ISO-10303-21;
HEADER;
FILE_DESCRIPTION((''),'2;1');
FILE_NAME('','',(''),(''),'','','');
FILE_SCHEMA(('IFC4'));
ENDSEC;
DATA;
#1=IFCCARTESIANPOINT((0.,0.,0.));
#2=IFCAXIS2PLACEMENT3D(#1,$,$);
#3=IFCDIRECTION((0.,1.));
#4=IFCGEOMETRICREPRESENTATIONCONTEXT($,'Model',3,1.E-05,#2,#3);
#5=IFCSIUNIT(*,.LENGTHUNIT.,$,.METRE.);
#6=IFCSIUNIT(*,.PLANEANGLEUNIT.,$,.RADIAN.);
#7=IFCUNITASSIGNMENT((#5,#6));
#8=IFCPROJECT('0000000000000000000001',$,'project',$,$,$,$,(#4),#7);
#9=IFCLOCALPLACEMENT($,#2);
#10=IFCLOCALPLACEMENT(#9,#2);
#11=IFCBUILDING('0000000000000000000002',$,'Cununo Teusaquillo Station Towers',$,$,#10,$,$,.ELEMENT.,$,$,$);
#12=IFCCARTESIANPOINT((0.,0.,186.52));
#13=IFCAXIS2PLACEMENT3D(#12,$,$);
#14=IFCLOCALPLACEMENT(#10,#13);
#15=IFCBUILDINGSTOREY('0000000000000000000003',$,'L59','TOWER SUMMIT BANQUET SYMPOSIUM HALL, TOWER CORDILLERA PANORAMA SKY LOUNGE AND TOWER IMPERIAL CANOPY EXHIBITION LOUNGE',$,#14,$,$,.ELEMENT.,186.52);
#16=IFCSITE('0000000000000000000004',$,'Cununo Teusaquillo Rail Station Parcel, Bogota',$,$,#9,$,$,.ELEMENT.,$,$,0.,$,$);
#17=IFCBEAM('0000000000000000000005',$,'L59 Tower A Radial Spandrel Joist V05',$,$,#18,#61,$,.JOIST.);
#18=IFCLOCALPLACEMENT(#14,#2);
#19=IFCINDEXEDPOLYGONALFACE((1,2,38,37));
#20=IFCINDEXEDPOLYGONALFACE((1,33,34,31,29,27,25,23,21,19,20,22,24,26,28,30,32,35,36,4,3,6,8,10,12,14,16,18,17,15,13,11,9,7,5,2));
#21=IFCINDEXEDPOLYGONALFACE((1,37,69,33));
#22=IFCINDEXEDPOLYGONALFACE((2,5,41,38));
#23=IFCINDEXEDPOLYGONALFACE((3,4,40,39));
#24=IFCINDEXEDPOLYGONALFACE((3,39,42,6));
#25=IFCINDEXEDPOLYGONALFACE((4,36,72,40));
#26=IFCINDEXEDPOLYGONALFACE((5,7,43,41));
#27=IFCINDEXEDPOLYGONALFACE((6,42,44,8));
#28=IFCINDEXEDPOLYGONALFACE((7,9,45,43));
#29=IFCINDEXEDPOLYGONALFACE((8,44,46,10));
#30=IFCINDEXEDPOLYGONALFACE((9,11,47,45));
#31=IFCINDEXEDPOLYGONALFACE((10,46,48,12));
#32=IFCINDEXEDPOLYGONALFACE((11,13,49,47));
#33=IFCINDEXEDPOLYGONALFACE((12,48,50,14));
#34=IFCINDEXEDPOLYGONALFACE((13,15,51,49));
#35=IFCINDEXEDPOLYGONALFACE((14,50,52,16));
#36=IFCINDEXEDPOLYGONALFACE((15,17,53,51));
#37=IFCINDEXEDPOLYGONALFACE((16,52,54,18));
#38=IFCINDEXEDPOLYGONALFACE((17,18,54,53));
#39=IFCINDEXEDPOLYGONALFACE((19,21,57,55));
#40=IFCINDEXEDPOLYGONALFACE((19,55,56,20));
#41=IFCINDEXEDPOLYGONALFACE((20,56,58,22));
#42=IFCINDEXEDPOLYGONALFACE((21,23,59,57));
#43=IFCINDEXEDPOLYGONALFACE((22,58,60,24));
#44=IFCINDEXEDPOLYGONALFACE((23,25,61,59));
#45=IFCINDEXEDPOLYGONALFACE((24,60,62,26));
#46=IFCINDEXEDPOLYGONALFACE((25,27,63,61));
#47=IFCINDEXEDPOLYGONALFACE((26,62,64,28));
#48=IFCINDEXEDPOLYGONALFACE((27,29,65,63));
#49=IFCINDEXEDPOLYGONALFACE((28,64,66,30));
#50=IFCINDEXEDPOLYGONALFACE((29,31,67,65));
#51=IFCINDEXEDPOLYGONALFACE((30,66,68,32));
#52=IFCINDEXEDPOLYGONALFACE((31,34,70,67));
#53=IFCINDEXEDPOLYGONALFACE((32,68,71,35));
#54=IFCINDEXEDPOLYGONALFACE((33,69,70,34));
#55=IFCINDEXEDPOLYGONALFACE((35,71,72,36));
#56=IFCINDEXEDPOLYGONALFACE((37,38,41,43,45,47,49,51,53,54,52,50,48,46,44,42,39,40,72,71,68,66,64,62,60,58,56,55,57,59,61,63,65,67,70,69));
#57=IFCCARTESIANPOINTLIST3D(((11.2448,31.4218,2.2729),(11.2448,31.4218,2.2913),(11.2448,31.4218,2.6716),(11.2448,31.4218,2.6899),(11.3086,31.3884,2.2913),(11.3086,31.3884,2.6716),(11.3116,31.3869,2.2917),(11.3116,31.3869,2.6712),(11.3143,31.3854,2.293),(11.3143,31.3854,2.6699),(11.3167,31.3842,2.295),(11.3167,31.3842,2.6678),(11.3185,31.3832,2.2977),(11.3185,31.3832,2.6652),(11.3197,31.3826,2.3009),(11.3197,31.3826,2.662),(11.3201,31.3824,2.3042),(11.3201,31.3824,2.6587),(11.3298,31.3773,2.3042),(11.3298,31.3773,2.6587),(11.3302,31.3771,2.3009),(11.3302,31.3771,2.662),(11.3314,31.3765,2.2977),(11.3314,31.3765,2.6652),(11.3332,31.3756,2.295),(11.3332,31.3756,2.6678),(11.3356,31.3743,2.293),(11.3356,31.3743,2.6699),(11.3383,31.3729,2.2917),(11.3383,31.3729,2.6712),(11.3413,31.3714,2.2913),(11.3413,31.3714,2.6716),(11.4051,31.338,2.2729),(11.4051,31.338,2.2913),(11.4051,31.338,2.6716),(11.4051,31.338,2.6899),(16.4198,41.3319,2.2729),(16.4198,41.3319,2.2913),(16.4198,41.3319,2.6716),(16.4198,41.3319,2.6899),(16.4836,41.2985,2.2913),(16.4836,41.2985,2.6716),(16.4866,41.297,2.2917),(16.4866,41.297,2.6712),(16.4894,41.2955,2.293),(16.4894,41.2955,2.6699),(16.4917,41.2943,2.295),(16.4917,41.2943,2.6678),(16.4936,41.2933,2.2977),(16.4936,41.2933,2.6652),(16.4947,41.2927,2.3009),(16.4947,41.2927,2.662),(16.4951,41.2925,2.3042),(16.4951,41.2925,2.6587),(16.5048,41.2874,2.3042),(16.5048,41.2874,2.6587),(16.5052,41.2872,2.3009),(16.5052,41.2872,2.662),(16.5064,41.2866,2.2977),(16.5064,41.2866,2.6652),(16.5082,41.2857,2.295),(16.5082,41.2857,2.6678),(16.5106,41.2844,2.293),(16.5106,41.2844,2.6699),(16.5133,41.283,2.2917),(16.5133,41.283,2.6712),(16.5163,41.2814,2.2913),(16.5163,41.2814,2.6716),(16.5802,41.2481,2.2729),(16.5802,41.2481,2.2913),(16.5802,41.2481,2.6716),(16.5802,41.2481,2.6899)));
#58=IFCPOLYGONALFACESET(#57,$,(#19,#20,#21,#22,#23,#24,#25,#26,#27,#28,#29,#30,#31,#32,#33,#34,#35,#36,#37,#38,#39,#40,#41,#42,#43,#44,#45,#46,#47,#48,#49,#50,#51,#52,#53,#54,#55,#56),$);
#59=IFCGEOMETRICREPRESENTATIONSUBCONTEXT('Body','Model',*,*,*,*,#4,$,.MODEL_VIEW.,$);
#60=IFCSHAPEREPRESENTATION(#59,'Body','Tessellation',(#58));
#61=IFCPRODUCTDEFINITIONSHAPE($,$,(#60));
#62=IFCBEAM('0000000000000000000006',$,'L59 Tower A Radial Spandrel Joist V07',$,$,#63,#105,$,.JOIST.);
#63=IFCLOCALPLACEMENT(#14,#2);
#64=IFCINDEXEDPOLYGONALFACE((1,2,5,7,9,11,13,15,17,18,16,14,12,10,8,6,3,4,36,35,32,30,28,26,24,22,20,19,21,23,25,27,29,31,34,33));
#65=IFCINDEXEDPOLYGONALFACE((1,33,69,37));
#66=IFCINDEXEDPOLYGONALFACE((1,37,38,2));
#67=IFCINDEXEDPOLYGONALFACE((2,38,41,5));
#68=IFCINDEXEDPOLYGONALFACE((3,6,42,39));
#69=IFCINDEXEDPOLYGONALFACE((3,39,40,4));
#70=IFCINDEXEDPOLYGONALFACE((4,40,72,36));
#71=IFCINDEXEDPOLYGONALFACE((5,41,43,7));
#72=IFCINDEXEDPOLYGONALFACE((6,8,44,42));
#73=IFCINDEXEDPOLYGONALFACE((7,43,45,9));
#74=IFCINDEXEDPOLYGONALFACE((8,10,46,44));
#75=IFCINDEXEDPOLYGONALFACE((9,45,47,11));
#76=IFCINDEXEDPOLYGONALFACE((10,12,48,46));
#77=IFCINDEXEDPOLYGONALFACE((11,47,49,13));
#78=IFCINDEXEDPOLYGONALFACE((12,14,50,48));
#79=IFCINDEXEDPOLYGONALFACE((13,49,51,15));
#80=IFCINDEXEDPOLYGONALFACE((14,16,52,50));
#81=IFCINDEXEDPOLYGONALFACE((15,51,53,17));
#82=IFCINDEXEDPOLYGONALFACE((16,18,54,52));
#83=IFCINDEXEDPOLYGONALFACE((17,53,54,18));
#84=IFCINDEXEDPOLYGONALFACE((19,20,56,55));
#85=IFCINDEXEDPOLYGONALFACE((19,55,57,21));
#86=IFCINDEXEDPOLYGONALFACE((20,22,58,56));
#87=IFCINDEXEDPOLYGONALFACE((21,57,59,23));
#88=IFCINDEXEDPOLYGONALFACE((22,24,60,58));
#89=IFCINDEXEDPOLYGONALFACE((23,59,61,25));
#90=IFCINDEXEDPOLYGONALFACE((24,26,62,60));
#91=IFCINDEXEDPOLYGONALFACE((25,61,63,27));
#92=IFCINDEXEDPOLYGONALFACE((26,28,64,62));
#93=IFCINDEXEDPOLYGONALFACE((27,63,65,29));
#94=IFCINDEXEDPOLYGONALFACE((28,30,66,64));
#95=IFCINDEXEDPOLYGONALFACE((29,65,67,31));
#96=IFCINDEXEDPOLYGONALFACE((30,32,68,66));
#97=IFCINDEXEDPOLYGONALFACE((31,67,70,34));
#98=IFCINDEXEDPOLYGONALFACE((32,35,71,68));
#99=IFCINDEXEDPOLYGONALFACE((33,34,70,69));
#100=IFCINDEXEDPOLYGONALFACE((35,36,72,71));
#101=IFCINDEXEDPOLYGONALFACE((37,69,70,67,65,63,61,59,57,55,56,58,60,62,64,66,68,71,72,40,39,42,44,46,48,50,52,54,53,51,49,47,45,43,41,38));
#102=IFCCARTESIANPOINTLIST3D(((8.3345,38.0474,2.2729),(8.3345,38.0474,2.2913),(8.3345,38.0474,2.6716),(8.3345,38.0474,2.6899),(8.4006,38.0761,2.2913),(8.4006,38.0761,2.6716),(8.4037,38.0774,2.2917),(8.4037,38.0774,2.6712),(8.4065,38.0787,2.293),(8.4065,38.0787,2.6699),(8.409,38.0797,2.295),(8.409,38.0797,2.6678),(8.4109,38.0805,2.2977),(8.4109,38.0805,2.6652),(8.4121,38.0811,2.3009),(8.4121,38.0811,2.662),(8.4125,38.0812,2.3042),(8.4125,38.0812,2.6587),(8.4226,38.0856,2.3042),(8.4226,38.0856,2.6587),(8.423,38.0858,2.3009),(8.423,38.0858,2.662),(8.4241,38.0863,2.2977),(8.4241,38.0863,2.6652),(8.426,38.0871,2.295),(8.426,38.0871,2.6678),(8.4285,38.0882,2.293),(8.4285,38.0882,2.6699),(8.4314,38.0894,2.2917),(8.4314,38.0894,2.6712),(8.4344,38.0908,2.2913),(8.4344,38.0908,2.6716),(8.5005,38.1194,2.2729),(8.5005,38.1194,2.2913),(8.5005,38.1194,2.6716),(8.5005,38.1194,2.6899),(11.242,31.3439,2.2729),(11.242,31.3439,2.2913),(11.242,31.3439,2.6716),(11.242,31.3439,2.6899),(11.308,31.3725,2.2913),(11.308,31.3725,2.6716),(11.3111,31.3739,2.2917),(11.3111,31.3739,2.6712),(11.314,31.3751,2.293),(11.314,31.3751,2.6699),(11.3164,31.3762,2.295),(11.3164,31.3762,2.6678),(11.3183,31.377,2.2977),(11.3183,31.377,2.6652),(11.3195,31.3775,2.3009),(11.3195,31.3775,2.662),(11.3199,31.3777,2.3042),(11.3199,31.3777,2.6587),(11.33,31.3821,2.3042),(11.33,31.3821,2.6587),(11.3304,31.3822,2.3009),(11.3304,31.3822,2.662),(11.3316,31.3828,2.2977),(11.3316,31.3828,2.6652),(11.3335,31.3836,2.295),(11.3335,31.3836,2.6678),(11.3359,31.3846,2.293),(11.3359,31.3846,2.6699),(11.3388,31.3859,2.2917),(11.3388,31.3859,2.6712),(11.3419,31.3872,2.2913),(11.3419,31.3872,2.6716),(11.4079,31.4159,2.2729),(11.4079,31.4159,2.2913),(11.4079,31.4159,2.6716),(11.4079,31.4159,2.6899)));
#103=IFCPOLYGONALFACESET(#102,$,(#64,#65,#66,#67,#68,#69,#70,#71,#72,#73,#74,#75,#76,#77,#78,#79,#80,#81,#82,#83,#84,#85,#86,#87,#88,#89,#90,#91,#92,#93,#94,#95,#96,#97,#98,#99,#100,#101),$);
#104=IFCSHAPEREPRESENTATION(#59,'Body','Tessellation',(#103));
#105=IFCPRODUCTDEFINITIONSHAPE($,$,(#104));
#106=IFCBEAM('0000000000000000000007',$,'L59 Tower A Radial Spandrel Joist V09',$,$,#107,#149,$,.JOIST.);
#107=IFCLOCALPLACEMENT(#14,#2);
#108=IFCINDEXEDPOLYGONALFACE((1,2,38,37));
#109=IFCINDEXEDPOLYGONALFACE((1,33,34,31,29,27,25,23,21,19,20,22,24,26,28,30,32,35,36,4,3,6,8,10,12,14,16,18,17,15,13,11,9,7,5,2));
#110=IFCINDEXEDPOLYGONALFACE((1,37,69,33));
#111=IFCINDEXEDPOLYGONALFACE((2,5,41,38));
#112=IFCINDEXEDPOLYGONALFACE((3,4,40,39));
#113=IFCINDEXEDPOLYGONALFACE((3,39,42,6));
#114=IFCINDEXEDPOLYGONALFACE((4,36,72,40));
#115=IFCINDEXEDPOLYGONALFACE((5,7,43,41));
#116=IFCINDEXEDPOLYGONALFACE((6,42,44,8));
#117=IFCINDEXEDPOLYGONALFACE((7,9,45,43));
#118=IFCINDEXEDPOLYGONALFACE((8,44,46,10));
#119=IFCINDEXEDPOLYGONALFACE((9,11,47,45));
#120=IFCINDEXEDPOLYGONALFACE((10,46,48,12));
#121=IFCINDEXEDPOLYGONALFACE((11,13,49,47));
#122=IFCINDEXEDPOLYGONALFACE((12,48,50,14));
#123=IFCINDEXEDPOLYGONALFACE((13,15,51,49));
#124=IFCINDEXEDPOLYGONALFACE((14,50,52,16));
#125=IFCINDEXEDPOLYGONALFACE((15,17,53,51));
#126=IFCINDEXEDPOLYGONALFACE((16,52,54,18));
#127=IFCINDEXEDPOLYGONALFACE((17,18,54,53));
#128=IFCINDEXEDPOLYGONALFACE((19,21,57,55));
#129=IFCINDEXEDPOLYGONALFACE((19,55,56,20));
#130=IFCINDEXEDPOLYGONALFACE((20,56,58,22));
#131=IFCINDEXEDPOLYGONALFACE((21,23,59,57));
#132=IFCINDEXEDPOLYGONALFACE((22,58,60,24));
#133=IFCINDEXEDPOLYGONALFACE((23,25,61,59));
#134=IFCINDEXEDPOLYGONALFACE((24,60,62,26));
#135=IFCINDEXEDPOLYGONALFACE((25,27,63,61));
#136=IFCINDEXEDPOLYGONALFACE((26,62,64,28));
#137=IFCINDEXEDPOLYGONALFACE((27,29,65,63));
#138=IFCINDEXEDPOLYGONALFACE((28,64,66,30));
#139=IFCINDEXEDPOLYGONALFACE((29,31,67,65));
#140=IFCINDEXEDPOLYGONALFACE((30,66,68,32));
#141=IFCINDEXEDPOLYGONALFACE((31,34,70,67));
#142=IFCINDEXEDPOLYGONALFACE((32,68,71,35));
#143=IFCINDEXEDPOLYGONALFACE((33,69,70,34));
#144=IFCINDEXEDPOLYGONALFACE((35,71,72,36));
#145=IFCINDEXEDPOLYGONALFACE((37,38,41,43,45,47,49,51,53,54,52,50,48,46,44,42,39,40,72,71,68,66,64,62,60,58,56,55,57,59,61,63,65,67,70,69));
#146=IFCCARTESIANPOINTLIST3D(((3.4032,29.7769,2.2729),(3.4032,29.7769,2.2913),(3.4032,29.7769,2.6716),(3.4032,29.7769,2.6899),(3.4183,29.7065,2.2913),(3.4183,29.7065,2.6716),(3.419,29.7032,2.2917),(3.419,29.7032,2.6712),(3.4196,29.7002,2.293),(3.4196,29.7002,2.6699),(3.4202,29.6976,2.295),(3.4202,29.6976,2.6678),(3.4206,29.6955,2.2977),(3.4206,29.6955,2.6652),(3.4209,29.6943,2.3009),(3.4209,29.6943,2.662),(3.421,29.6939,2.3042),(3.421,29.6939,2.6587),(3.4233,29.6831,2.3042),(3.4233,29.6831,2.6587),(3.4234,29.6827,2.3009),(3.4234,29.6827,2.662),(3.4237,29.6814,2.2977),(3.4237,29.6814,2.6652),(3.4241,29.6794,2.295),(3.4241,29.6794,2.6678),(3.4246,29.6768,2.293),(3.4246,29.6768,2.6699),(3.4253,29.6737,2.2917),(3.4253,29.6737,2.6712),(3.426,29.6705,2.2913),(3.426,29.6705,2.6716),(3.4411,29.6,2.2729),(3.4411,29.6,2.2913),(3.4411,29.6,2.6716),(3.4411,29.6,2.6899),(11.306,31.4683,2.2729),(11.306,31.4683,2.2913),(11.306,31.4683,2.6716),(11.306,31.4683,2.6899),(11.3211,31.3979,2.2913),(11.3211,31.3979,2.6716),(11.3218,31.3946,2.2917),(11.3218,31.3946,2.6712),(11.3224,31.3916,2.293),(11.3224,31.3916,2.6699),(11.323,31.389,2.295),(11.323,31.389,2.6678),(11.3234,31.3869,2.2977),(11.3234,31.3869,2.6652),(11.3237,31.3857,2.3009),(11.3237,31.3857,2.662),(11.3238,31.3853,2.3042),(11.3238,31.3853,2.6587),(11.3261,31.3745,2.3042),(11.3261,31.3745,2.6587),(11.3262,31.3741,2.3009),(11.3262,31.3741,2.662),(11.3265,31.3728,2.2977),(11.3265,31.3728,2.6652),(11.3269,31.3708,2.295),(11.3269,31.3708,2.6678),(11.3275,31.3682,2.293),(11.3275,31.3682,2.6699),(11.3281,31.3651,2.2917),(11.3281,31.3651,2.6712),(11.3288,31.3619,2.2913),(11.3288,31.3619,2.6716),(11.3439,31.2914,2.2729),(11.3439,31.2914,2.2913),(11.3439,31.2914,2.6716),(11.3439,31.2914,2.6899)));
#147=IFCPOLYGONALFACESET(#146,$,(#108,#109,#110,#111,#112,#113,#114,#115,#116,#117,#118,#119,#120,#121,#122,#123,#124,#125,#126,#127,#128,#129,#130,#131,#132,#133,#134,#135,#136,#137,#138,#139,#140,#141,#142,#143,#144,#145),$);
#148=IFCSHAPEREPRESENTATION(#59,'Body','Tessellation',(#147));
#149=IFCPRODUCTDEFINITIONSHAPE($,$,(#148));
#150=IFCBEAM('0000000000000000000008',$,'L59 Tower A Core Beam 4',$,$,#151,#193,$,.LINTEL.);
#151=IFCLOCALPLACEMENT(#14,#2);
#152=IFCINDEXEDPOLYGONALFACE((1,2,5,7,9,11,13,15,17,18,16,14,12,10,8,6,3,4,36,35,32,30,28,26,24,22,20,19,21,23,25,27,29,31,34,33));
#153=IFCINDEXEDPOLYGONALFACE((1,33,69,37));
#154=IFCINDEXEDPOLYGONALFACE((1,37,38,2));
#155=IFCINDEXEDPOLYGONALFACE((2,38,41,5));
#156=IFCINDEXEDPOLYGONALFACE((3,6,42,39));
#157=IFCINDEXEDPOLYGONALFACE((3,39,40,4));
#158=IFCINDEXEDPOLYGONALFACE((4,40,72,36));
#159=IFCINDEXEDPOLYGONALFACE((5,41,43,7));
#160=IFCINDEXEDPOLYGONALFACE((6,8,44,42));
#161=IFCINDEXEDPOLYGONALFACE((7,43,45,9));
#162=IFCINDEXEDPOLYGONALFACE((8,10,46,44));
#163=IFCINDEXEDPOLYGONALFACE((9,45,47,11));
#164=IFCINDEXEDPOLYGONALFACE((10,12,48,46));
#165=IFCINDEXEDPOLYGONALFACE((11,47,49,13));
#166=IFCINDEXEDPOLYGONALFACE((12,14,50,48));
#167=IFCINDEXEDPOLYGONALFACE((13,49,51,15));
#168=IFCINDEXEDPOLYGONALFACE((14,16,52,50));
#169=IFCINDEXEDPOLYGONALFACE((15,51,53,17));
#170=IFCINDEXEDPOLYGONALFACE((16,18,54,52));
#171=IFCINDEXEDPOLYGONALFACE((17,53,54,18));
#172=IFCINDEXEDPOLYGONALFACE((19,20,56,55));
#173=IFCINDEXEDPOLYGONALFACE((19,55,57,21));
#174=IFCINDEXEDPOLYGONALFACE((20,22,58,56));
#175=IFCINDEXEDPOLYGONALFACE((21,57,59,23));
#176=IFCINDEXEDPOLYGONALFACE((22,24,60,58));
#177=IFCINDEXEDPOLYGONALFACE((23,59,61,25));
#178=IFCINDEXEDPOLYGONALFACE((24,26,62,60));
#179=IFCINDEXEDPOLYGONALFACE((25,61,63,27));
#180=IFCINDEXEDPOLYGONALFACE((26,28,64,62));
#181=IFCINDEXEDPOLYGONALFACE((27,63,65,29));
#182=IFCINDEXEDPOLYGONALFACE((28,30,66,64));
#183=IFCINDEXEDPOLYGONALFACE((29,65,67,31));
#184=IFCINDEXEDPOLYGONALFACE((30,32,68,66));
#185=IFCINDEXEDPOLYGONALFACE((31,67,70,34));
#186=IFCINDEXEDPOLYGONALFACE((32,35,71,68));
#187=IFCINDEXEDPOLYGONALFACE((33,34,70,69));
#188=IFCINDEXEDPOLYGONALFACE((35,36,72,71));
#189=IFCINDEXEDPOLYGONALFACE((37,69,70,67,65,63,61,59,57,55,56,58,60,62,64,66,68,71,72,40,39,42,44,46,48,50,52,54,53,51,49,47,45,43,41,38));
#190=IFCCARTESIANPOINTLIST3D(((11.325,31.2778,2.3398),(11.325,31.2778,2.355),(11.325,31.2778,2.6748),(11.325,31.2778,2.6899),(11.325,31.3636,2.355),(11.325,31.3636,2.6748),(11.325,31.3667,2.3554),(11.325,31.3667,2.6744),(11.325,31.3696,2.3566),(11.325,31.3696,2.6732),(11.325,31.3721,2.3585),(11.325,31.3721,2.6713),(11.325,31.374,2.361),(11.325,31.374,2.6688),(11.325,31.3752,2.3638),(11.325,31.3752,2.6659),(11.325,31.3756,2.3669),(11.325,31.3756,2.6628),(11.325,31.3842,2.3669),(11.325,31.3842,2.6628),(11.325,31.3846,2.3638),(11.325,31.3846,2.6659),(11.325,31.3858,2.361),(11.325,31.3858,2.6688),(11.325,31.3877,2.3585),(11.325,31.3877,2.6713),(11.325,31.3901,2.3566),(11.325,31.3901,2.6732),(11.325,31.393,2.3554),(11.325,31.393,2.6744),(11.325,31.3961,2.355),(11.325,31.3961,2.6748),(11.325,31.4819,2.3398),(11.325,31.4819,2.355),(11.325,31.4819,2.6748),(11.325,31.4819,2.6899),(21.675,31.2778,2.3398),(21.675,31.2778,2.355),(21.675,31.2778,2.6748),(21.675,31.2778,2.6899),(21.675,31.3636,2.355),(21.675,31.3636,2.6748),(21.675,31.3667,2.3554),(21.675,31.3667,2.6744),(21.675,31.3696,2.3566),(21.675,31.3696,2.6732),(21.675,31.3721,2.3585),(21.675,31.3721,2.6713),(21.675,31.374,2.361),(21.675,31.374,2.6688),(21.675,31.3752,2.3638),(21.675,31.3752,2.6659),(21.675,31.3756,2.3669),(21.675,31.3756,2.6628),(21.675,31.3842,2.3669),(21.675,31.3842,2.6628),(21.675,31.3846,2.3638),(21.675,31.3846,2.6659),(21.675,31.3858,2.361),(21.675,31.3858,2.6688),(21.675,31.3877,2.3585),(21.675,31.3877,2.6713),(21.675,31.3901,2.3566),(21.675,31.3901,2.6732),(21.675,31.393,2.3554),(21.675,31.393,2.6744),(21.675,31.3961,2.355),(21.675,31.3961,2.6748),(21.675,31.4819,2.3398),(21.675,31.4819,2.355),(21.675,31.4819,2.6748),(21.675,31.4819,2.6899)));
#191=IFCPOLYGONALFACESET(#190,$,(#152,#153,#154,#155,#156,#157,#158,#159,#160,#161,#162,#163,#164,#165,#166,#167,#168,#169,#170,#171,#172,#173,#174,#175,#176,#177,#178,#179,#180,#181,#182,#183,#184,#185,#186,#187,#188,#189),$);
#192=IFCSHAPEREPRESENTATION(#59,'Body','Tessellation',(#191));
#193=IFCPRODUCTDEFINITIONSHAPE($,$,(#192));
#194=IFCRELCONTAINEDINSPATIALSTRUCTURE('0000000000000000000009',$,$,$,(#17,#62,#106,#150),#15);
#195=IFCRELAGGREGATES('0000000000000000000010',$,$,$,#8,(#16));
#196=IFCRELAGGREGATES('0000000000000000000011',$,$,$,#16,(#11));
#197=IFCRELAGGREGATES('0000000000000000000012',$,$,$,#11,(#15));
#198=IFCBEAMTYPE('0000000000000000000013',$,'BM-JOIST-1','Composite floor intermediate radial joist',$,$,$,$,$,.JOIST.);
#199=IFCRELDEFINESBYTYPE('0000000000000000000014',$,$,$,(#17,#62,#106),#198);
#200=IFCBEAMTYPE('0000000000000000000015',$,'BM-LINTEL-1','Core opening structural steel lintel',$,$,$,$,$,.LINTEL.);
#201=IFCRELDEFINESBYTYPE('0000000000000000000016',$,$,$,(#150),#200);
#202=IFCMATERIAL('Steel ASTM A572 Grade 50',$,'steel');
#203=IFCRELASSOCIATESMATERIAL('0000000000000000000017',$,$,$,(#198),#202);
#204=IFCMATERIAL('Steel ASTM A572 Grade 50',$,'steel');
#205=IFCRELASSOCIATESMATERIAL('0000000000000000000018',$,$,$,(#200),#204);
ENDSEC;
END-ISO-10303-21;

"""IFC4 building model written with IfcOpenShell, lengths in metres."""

from ifc_helpers import new_model, si_unit, direction, frame, origin, origin_2d, place, context, subcontext, project, spatial, i_section, extrude, material, material_profile, profile_set, type_object, element, save


model = new_model("IFC4")

# Units and contexts
model_context = context("Model", 3, precision=1e-05, world=origin(), true_north=direction((0.0, 1.0)))
body_context = subcontext(model_context, "Body", "Model", "MODEL_VIEW")
ifc_project = project(units=[si_unit("LENGTHUNIT", "METRE"), si_unit("PLANEANGLEUNIT", "RADIAN")], contexts=[model_context])

# Site, building, storey
site_placement = place(None, origin())
site = spatial("IfcSite", under=ifc_project, at=site_placement, Name="Cununo Teusaquillo Rail Station Parcel, Bogota", CompositionType="ELEMENT", RefElevation=0.0)
building_placement = place(site_placement, origin())
building = spatial("IfcBuilding", under=site, at=building_placement, Name="Cununo Teusaquillo Station Towers", CompositionType="ELEMENT")
storey_placement = place(building_placement, frame((0.0, 0.0, 186.52)))
storey = spatial("IfcBuildingStorey", under=building, at=storey_placement, Name="L59", Description="TOWER SUMMIT BANQUET SYMPOSIUM HALL, TOWER CORDILLERA PANORAMA SKY LOUNGE AND TOWER IMPERIAL CANOPY EXHIBITION LOUNGE", CompositionType="ELEMENT", Elevation=186.52)

# Beams
ifc_material_1 = material(Name="Steel ASTM A572 Grade 50", Category="steel")
ifc_material_profile_1 = material_profile(ifc_material_1, i_section(OverallWidth=0.1809, OverallDepth=0.417, WebThickness=0.011, FlangeThickness=0.0183, FilletRadius=0.0129, at=origin_2d()), Name="W16X57")
ifc_profile_set_1 = profile_set([ifc_material_profile_1], Name="Steel ASTM A572 Grade 50")
beam_type_1 = type_object("IfcBeamType", Name="BM-JOIST-1", Description="Composite floor intermediate radial joist", PredefinedType="JOIST", material=ifc_profile_set_1)
beam_1_placement = place(storey_placement, frame((11.325, 31.3799, 2.4814), z_axis=(0.462885, 0.886419, 0.0), x_axis=(-0.886419, 0.462885, 0.0)))
element("IfcBeam", 1, at=beam_1_placement, inside=storey, type_object=beam_type_1, Name="L59 Tower A Radial Spandrel Joist V05", PredefinedType="JOIST", context=body_context, shape_type="SweptSolid", body=[
    extrude(i_section(OverallWidth=0.1809, OverallDepth=0.417, WebThickness=0.011, FlangeThickness=0.0183, FilletRadius=0.0129, at=origin_2d()), origin(), (0.0, 0.0, 1.0), 11.1799),
])
beam_2_placement = place(storey_placement, frame((11.325, 31.3799, 2.4814), z_axis=(-0.397904, 0.917427, 0.0), x_axis=(-0.917427, -0.397904, 0.0)))
element("IfcBeam", 2, at=beam_2_placement, inside=storey, type_object=beam_type_1, Name="L59 Tower A Radial Spandrel Joist V07", PredefinedType="JOIST", context=body_context, shape_type="SweptSolid", body=[
    extrude(i_section(OverallWidth=0.1809, OverallDepth=0.417, WebThickness=0.011, FlangeThickness=0.0183, FilletRadius=0.0129, at=origin_2d()), origin(), (0.0, 0.0, 1.0), 7.3069),
])
beam_3_placement = place(storey_placement, frame((11.325, 31.3799, 2.4814), z_axis=(-0.977855, -0.209286, 0.0), x_axis=(0.209286, -0.977855, 0.0)))
element("IfcBeam", 3, at=beam_3_placement, inside=storey, type_object=beam_type_1, Name="L59 Tower A Radial Spandrel Joist V09", PredefinedType="JOIST", context=body_context, shape_type="SweptSolid", body=[
    extrude(i_section(OverallWidth=0.1809, OverallDepth=0.417, WebThickness=0.011, FlangeThickness=0.0183, FilletRadius=0.0129, at=origin_2d()), origin(), (0.0, 0.0, 1.0), 8.0818),
])
ifc_material_2 = material(Name="Steel ASTM A572 Grade 50", Category="steel")
ifc_material_profile_2 = material_profile(ifc_material_2, i_section(OverallWidth=0.2041, OverallDepth=0.3501, WebThickness=0.0085, FlangeThickness=0.0151, FilletRadius=0.012, at=origin_2d()), Name="W14X48")
ifc_profile_set_2 = profile_set([ifc_material_profile_2], Name="Steel ASTM A572 Grade 50")
beam_type_2 = type_object("IfcBeamType", Name="BM-LINTEL-1", Description="Core opening structural steel lintel", PredefinedType="LINTEL", material=ifc_profile_set_2)
beam_4_placement = place(storey_placement, frame((11.325, 31.3799, 2.5149), z_axis=(1.0, 0.0, 0.0), x_axis=(0.0, 1.0, 0.0)))
element("IfcBeam", 4, at=beam_4_placement, inside=storey, type_object=beam_type_2, Name="L59 Tower A Core Beam 4", PredefinedType="LINTEL", context=body_context, shape_type="SweptSolid", body=[
    extrude(i_section(OverallWidth=0.2041, OverallDepth=0.3501, WebThickness=0.0085, FlangeThickness=0.0151, FilletRadius=0.012, at=origin_2d()), origin(), (0.0, 0.0, 1.0), 10.3501),
])

save(model, "model.ifc")
